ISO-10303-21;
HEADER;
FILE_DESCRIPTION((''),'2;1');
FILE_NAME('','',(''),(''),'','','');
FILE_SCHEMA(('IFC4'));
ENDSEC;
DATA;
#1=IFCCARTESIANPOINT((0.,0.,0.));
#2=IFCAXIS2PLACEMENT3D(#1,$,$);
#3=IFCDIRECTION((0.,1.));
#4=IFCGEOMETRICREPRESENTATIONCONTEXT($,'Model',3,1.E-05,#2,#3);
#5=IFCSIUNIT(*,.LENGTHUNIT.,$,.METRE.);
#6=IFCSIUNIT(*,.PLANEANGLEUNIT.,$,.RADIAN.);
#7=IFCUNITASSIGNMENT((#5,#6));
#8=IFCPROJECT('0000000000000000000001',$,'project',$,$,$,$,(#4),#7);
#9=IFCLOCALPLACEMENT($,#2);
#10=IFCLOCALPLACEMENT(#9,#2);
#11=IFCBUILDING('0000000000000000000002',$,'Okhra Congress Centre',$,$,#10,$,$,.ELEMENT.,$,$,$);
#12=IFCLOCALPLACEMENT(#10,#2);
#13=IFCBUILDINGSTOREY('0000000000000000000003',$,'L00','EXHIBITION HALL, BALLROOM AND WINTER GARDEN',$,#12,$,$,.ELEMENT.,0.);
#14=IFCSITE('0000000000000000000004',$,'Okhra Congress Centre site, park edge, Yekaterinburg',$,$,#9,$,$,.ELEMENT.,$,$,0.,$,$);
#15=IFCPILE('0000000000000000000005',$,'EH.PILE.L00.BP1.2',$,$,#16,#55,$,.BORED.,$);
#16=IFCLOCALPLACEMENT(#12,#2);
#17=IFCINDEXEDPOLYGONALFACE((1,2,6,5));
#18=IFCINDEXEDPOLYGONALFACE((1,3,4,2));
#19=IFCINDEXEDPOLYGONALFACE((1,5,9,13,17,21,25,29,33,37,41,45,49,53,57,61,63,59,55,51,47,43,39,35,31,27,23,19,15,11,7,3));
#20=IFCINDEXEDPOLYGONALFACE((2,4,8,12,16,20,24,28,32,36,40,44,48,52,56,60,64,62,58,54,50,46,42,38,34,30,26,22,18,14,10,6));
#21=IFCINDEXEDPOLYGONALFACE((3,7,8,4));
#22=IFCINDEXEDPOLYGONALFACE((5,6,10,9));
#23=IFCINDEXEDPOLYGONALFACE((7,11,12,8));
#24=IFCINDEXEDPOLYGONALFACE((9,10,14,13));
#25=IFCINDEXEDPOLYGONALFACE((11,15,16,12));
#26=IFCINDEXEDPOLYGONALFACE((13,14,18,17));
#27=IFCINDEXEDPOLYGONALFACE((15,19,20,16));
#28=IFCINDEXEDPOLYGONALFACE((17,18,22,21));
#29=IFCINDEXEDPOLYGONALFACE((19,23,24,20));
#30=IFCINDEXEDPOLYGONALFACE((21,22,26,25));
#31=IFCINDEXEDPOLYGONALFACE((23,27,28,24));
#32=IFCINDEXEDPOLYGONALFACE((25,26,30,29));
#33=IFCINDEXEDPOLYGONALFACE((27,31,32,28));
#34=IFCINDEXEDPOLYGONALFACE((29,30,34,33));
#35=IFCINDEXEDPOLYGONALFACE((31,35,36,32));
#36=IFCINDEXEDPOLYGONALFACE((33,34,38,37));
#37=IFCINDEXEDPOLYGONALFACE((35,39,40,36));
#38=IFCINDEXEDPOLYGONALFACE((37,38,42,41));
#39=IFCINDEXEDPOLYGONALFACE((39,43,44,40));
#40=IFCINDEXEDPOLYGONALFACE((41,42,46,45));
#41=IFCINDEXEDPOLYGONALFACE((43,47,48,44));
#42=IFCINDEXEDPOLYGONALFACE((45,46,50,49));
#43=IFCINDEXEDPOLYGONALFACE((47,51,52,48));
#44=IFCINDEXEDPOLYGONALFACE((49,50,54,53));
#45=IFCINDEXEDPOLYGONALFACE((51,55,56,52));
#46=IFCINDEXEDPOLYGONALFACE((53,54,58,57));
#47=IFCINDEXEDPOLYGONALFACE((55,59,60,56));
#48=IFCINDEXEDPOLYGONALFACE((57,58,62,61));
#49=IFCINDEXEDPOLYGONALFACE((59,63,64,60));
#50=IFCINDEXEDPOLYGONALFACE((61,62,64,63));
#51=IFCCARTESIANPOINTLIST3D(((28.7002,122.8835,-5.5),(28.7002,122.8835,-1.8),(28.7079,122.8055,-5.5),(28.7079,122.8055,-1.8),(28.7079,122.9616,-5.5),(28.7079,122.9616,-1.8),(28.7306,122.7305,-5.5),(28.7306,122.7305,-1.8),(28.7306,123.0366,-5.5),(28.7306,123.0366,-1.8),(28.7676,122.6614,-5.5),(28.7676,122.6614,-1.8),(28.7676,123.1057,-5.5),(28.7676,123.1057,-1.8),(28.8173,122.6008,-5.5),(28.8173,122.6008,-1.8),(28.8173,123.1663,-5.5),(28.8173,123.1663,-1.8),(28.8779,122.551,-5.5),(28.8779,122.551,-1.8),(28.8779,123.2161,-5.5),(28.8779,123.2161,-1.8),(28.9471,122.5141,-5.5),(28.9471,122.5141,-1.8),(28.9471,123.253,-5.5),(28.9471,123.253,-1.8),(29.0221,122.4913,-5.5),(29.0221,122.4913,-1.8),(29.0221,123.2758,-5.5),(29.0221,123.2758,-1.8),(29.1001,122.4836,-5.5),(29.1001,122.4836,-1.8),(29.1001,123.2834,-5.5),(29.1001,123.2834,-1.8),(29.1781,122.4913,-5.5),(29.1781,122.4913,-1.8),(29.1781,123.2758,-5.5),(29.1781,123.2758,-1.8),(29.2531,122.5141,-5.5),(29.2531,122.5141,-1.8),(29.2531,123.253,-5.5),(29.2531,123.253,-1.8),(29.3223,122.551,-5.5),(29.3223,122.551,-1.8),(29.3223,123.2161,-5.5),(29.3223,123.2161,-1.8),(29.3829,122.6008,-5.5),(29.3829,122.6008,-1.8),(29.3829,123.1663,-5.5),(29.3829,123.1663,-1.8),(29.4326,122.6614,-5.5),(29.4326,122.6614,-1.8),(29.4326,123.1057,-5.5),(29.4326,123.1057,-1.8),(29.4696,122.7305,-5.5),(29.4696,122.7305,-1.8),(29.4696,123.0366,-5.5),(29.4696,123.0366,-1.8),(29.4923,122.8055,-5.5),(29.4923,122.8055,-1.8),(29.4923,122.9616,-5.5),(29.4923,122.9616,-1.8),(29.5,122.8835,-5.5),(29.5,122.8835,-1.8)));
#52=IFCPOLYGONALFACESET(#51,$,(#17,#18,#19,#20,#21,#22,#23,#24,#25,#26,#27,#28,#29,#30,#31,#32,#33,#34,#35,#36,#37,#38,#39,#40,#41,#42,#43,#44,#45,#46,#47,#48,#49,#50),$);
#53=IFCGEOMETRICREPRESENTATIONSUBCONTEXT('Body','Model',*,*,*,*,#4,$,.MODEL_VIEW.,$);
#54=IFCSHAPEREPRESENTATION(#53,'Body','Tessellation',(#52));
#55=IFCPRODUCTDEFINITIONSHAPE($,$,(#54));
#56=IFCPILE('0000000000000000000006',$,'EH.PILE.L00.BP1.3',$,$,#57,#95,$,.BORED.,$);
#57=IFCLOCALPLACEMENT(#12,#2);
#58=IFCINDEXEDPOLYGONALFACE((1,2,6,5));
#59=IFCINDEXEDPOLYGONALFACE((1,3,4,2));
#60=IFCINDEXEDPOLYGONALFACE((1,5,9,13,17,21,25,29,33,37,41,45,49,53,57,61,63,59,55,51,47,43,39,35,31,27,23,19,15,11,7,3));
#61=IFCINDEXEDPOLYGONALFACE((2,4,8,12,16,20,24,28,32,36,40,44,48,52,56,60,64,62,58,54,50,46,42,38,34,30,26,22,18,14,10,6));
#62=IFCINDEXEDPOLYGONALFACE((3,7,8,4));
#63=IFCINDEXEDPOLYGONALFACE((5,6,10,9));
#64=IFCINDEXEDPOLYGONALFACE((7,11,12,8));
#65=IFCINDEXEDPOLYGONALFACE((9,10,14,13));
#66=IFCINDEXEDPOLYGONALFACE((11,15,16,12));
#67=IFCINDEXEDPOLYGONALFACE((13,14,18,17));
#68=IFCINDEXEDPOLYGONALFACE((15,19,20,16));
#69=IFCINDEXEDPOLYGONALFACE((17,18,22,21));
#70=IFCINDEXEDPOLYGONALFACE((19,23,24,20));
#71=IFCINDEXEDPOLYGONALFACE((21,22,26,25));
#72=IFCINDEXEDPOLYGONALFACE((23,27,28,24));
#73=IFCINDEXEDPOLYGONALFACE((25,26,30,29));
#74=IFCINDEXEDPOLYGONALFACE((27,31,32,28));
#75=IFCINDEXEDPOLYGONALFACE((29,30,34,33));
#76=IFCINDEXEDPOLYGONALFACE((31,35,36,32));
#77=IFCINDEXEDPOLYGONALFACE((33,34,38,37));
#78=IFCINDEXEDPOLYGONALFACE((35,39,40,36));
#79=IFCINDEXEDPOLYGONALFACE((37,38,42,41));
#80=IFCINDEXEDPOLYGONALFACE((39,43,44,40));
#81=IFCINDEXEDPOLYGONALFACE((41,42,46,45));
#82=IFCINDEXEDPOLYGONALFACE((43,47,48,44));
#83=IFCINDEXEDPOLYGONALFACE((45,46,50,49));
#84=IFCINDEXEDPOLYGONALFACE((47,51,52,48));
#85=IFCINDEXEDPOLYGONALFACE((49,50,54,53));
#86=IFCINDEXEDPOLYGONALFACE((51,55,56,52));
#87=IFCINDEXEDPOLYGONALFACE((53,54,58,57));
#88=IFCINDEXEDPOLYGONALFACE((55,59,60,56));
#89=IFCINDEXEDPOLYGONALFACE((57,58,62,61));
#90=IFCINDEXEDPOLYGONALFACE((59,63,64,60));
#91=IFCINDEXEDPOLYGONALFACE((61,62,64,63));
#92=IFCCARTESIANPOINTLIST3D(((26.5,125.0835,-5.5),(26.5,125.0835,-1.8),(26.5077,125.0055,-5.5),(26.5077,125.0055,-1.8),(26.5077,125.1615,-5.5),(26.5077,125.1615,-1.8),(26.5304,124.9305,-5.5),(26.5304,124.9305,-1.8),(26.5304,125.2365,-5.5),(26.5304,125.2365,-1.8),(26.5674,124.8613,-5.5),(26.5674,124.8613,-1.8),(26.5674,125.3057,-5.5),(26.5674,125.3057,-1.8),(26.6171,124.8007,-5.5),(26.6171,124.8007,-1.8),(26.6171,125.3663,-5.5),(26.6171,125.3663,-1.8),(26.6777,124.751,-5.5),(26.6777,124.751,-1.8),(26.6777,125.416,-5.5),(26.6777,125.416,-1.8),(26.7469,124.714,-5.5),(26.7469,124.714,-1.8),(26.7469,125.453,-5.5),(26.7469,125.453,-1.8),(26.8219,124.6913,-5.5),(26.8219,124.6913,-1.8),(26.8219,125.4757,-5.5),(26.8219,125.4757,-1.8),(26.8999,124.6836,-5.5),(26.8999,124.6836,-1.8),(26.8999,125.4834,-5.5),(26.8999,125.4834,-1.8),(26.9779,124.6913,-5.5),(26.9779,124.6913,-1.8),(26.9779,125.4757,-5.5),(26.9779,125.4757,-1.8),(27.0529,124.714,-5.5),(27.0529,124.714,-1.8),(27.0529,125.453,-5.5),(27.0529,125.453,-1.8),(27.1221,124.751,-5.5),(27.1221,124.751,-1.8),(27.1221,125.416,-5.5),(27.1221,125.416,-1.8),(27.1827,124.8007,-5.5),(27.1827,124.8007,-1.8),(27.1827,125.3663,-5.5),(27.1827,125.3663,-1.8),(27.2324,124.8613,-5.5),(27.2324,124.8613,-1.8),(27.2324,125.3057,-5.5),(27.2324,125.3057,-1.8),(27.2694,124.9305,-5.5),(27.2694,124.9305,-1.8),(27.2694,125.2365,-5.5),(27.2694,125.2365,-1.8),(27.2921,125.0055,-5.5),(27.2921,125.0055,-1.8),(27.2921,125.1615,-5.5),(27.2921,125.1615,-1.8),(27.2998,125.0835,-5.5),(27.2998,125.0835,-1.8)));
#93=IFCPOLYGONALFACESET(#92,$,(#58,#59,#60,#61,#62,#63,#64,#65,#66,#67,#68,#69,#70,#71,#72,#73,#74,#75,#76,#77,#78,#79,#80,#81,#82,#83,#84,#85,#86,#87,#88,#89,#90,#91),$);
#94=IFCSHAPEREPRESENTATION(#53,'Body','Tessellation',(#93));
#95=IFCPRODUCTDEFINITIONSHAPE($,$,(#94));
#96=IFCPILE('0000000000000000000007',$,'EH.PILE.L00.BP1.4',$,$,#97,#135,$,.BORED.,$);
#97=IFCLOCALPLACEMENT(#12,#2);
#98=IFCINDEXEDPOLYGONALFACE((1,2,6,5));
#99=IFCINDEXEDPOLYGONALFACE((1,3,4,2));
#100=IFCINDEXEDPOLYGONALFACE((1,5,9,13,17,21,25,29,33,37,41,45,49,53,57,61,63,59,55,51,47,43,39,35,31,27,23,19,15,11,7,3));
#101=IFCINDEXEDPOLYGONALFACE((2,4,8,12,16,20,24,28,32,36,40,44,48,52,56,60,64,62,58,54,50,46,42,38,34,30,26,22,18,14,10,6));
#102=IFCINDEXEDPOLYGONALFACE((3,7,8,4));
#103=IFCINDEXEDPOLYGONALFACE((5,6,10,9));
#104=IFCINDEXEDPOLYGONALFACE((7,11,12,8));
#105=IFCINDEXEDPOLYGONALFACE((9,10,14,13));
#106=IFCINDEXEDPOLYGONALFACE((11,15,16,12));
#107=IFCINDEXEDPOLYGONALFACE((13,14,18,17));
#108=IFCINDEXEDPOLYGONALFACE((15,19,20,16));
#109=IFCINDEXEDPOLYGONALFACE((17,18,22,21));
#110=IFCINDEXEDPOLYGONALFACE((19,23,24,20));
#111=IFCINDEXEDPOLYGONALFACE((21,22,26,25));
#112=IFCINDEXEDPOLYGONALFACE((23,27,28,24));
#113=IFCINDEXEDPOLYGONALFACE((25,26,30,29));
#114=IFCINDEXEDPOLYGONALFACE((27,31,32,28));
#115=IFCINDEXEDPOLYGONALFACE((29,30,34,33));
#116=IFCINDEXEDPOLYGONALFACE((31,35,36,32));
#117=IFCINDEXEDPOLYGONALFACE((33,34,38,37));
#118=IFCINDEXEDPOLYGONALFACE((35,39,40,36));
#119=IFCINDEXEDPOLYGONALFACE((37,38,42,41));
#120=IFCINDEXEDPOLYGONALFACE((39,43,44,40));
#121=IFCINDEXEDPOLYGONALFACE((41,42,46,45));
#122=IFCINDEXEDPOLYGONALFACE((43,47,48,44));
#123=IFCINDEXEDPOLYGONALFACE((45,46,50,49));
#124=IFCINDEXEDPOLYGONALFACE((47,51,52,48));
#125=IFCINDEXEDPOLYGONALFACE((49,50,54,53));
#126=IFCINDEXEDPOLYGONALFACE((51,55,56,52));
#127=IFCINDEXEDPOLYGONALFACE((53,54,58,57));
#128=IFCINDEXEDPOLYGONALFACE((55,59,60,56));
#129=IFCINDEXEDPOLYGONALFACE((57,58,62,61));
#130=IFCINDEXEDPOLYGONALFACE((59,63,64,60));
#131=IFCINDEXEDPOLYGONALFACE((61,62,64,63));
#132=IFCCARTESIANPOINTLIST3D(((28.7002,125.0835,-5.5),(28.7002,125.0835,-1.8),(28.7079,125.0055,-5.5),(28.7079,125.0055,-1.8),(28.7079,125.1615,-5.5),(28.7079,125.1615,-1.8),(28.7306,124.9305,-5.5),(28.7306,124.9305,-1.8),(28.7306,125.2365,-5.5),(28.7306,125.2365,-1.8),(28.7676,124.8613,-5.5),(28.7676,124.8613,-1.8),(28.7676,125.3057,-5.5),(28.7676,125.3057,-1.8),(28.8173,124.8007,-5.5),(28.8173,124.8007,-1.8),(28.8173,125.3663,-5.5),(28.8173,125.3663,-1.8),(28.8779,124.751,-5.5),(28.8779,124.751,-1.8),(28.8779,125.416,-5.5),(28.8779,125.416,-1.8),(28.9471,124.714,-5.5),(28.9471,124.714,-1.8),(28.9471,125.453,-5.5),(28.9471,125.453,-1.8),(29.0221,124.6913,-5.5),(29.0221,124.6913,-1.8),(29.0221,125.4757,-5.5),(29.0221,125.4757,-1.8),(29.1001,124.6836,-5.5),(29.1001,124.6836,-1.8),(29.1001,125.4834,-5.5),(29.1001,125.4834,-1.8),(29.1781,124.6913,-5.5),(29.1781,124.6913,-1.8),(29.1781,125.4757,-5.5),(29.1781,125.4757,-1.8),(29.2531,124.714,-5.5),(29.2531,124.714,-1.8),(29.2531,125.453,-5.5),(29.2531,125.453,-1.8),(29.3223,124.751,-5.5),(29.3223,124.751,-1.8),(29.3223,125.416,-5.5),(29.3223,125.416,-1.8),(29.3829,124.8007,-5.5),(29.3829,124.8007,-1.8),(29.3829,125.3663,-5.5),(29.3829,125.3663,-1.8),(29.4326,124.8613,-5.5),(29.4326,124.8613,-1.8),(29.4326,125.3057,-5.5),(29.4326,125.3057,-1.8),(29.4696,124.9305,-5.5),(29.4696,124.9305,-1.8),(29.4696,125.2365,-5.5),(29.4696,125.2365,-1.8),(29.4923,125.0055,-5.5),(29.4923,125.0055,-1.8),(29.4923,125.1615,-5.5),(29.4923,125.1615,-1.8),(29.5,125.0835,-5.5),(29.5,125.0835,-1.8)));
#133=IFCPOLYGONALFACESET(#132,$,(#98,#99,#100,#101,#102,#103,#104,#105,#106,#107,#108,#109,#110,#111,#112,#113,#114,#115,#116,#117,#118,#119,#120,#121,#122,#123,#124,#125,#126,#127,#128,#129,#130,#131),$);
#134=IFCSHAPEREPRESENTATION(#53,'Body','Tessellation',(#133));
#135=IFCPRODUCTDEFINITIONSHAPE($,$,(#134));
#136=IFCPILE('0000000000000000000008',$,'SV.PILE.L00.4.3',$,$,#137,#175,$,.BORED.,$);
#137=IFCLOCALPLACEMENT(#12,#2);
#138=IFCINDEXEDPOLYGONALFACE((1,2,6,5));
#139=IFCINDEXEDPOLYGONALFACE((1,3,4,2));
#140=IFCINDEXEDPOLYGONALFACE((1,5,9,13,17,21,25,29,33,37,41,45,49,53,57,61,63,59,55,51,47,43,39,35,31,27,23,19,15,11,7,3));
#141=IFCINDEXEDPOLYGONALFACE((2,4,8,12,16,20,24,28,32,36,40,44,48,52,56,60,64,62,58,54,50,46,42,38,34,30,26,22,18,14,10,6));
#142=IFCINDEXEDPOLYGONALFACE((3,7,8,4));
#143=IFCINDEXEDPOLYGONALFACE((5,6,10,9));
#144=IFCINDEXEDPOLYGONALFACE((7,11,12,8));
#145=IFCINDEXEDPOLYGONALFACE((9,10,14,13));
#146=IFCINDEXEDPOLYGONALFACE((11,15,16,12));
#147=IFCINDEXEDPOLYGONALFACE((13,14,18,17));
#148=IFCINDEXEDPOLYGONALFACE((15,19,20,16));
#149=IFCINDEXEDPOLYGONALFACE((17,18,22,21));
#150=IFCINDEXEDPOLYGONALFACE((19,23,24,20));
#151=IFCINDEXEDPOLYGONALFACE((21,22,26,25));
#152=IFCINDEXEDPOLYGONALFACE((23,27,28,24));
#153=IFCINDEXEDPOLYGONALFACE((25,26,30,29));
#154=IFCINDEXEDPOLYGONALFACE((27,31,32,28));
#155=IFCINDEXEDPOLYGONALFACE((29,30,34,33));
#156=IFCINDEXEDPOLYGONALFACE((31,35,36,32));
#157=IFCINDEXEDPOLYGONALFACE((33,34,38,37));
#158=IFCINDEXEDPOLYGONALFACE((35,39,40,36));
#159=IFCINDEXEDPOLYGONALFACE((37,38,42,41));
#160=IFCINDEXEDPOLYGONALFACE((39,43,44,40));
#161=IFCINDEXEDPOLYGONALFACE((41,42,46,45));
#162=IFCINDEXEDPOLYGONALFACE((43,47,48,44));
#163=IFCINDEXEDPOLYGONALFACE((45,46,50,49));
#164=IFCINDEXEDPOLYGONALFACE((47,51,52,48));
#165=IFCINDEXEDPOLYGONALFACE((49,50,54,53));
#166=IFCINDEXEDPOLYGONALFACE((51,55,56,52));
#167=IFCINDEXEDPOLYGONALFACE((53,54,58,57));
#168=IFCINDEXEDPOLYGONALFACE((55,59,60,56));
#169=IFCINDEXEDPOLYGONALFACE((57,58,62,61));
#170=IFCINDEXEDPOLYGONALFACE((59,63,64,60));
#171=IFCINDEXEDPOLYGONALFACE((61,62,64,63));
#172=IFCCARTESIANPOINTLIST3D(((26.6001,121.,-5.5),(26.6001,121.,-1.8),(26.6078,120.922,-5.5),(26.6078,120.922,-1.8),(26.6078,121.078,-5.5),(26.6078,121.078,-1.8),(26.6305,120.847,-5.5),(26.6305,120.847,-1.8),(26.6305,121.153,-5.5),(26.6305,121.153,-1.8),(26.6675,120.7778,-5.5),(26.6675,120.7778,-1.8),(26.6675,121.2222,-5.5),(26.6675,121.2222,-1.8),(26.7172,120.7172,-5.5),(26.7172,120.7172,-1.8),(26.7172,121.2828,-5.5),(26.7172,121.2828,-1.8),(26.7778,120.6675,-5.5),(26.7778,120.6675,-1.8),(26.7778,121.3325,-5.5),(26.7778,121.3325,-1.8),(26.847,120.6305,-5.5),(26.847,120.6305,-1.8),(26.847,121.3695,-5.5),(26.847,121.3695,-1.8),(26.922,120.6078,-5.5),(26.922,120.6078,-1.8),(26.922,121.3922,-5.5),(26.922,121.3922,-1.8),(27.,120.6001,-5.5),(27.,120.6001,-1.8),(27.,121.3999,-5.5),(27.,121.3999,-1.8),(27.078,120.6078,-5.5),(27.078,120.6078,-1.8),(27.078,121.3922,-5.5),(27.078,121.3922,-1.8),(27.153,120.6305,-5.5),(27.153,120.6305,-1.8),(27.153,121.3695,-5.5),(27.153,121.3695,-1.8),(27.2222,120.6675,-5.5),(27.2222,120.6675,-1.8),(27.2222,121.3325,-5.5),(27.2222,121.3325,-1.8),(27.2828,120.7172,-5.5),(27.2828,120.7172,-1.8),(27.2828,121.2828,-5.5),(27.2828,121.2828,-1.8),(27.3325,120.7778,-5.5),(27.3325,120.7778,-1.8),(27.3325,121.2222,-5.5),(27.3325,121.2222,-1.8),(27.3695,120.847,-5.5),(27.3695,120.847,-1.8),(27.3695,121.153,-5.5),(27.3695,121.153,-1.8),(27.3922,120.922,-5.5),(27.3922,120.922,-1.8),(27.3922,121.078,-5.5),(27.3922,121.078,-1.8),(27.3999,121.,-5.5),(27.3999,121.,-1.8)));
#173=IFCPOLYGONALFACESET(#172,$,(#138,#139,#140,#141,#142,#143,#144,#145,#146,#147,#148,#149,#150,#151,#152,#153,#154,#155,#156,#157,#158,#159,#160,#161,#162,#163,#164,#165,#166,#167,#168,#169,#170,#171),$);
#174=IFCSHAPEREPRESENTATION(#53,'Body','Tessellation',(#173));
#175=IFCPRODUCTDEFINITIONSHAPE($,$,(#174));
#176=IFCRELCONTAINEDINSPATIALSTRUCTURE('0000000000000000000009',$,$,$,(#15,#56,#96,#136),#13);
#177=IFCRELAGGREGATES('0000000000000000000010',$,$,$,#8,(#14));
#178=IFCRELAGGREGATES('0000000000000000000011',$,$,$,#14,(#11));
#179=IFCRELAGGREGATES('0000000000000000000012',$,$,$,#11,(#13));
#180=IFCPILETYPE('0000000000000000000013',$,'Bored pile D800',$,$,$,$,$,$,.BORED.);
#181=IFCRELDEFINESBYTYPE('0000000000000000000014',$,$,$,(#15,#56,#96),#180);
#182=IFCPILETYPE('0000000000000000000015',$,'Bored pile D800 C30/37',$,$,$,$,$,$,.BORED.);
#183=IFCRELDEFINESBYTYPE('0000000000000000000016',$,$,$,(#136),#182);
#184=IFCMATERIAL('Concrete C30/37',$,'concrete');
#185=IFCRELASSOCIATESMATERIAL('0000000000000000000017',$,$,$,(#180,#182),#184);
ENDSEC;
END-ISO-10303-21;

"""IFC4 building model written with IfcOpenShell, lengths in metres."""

from ifc_helpers import new_model, si_unit, direction, frame, origin, origin_2d, place, context, subcontext, project, spatial, circle, extrude, material, material_profile, profile_set, type_object, element, save


model = new_model("IFC4")

# Units and contexts
model_context = context("Model", 3, precision=1e-05, world=origin(), true_north=direction((0.0, 1.0)))
body_context = subcontext(model_context, "Body", "Model", "MODEL_VIEW")
ifc_project = project(units=[si_unit("LENGTHUNIT", "METRE"), si_unit("PLANEANGLEUNIT", "RADIAN")], contexts=[model_context])

# Site, building, storey
site_placement = place(None, origin())
site = spatial("IfcSite", under=ifc_project, at=site_placement, Name="Okhra Congress Centre site, park edge, Yekaterinburg", CompositionType="ELEMENT", RefElevation=0.0)
building_placement = place(site_placement, origin())
building = spatial("IfcBuilding", under=site, at=building_placement, Name="Okhra Congress Centre", CompositionType="ELEMENT")
storey_placement = place(building_placement, origin())
storey = spatial("IfcBuildingStorey", under=building, at=storey_placement, Name="L00", Description="EXHIBITION HALL, BALLROOM AND WINTER GARDEN", CompositionType="ELEMENT", Elevation=0.0)

# Piles
ifc_material_1 = material(Name="Concrete C30/37", Category="concrete")
ifc_material_profile_1 = material_profile(ifc_material_1, circle(Radius=0.3999, at=origin_2d()), Name="D800")
ifc_profile_set_1 = profile_set([ifc_material_profile_1], Name="Concrete C30/37")
pile_type_1 = type_object("IfcPileType", Name="Bored pile D800", PredefinedType="BORED", material=ifc_profile_set_1)
for number, where, z_axis, x_axis, name in (
    (1, (29.1001, 122.8835, -1.8), (0.0, 0.0, -1.0), (1.0, 0.0, 0.0), "EH.PILE.L00.BP1.2"),
    (2, (26.8999, 125.0835, -1.8), (0.0, 0.0, -1.0), (1.0, 0.0, 0.0), "EH.PILE.L00.BP1.3"),
    (3, (29.1001, 125.0835, -1.8), (0.0, 0.0, -1.0), (1.0, 0.0, 0.0), "EH.PILE.L00.BP1.4"),
):
    element("IfcPile", number, at=place(storey_placement, frame(where, z_axis=z_axis, x_axis=x_axis)), inside=storey, type_object=pile_type_1, Name=name, PredefinedType="BORED", context=body_context, shape_type="SweptSolid", body=[
        extrude(circle(Radius=0.3999, at=origin_2d()), origin(), (0.0, 0.0, 1.0), 3.7),
    ])
ifc_material_profile_2 = material_profile(ifc_material_1, circle(Radius=0.3999, at=origin_2d()), Name="D800")
ifc_profile_set_2 = profile_set([ifc_material_profile_2], Name="Concrete C30/37")
pile_type_2 = type_object("IfcPileType", Name="Bored pile D800 C30/37", PredefinedType="BORED", material=ifc_profile_set_2)
for number, where, z_axis, x_axis, name in (
    (4, (27.0, 121.0, -1.8), (0.0, 0.0, -1.0), (1.0, 0.0, 0.0), "SV.PILE.L00.4.3"),
):
    element("IfcPile", number, at=place(storey_placement, frame(where, z_axis=z_axis, x_axis=x_axis)), inside=storey, type_object=pile_type_2, Name=name, PredefinedType="BORED", context=body_context, shape_type="SweptSolid", body=[
        extrude(circle(Radius=0.3999, at=origin_2d()), origin(), (0.0, 0.0, 1.0), 3.7),
    ])

save(model, "model.ifc")
